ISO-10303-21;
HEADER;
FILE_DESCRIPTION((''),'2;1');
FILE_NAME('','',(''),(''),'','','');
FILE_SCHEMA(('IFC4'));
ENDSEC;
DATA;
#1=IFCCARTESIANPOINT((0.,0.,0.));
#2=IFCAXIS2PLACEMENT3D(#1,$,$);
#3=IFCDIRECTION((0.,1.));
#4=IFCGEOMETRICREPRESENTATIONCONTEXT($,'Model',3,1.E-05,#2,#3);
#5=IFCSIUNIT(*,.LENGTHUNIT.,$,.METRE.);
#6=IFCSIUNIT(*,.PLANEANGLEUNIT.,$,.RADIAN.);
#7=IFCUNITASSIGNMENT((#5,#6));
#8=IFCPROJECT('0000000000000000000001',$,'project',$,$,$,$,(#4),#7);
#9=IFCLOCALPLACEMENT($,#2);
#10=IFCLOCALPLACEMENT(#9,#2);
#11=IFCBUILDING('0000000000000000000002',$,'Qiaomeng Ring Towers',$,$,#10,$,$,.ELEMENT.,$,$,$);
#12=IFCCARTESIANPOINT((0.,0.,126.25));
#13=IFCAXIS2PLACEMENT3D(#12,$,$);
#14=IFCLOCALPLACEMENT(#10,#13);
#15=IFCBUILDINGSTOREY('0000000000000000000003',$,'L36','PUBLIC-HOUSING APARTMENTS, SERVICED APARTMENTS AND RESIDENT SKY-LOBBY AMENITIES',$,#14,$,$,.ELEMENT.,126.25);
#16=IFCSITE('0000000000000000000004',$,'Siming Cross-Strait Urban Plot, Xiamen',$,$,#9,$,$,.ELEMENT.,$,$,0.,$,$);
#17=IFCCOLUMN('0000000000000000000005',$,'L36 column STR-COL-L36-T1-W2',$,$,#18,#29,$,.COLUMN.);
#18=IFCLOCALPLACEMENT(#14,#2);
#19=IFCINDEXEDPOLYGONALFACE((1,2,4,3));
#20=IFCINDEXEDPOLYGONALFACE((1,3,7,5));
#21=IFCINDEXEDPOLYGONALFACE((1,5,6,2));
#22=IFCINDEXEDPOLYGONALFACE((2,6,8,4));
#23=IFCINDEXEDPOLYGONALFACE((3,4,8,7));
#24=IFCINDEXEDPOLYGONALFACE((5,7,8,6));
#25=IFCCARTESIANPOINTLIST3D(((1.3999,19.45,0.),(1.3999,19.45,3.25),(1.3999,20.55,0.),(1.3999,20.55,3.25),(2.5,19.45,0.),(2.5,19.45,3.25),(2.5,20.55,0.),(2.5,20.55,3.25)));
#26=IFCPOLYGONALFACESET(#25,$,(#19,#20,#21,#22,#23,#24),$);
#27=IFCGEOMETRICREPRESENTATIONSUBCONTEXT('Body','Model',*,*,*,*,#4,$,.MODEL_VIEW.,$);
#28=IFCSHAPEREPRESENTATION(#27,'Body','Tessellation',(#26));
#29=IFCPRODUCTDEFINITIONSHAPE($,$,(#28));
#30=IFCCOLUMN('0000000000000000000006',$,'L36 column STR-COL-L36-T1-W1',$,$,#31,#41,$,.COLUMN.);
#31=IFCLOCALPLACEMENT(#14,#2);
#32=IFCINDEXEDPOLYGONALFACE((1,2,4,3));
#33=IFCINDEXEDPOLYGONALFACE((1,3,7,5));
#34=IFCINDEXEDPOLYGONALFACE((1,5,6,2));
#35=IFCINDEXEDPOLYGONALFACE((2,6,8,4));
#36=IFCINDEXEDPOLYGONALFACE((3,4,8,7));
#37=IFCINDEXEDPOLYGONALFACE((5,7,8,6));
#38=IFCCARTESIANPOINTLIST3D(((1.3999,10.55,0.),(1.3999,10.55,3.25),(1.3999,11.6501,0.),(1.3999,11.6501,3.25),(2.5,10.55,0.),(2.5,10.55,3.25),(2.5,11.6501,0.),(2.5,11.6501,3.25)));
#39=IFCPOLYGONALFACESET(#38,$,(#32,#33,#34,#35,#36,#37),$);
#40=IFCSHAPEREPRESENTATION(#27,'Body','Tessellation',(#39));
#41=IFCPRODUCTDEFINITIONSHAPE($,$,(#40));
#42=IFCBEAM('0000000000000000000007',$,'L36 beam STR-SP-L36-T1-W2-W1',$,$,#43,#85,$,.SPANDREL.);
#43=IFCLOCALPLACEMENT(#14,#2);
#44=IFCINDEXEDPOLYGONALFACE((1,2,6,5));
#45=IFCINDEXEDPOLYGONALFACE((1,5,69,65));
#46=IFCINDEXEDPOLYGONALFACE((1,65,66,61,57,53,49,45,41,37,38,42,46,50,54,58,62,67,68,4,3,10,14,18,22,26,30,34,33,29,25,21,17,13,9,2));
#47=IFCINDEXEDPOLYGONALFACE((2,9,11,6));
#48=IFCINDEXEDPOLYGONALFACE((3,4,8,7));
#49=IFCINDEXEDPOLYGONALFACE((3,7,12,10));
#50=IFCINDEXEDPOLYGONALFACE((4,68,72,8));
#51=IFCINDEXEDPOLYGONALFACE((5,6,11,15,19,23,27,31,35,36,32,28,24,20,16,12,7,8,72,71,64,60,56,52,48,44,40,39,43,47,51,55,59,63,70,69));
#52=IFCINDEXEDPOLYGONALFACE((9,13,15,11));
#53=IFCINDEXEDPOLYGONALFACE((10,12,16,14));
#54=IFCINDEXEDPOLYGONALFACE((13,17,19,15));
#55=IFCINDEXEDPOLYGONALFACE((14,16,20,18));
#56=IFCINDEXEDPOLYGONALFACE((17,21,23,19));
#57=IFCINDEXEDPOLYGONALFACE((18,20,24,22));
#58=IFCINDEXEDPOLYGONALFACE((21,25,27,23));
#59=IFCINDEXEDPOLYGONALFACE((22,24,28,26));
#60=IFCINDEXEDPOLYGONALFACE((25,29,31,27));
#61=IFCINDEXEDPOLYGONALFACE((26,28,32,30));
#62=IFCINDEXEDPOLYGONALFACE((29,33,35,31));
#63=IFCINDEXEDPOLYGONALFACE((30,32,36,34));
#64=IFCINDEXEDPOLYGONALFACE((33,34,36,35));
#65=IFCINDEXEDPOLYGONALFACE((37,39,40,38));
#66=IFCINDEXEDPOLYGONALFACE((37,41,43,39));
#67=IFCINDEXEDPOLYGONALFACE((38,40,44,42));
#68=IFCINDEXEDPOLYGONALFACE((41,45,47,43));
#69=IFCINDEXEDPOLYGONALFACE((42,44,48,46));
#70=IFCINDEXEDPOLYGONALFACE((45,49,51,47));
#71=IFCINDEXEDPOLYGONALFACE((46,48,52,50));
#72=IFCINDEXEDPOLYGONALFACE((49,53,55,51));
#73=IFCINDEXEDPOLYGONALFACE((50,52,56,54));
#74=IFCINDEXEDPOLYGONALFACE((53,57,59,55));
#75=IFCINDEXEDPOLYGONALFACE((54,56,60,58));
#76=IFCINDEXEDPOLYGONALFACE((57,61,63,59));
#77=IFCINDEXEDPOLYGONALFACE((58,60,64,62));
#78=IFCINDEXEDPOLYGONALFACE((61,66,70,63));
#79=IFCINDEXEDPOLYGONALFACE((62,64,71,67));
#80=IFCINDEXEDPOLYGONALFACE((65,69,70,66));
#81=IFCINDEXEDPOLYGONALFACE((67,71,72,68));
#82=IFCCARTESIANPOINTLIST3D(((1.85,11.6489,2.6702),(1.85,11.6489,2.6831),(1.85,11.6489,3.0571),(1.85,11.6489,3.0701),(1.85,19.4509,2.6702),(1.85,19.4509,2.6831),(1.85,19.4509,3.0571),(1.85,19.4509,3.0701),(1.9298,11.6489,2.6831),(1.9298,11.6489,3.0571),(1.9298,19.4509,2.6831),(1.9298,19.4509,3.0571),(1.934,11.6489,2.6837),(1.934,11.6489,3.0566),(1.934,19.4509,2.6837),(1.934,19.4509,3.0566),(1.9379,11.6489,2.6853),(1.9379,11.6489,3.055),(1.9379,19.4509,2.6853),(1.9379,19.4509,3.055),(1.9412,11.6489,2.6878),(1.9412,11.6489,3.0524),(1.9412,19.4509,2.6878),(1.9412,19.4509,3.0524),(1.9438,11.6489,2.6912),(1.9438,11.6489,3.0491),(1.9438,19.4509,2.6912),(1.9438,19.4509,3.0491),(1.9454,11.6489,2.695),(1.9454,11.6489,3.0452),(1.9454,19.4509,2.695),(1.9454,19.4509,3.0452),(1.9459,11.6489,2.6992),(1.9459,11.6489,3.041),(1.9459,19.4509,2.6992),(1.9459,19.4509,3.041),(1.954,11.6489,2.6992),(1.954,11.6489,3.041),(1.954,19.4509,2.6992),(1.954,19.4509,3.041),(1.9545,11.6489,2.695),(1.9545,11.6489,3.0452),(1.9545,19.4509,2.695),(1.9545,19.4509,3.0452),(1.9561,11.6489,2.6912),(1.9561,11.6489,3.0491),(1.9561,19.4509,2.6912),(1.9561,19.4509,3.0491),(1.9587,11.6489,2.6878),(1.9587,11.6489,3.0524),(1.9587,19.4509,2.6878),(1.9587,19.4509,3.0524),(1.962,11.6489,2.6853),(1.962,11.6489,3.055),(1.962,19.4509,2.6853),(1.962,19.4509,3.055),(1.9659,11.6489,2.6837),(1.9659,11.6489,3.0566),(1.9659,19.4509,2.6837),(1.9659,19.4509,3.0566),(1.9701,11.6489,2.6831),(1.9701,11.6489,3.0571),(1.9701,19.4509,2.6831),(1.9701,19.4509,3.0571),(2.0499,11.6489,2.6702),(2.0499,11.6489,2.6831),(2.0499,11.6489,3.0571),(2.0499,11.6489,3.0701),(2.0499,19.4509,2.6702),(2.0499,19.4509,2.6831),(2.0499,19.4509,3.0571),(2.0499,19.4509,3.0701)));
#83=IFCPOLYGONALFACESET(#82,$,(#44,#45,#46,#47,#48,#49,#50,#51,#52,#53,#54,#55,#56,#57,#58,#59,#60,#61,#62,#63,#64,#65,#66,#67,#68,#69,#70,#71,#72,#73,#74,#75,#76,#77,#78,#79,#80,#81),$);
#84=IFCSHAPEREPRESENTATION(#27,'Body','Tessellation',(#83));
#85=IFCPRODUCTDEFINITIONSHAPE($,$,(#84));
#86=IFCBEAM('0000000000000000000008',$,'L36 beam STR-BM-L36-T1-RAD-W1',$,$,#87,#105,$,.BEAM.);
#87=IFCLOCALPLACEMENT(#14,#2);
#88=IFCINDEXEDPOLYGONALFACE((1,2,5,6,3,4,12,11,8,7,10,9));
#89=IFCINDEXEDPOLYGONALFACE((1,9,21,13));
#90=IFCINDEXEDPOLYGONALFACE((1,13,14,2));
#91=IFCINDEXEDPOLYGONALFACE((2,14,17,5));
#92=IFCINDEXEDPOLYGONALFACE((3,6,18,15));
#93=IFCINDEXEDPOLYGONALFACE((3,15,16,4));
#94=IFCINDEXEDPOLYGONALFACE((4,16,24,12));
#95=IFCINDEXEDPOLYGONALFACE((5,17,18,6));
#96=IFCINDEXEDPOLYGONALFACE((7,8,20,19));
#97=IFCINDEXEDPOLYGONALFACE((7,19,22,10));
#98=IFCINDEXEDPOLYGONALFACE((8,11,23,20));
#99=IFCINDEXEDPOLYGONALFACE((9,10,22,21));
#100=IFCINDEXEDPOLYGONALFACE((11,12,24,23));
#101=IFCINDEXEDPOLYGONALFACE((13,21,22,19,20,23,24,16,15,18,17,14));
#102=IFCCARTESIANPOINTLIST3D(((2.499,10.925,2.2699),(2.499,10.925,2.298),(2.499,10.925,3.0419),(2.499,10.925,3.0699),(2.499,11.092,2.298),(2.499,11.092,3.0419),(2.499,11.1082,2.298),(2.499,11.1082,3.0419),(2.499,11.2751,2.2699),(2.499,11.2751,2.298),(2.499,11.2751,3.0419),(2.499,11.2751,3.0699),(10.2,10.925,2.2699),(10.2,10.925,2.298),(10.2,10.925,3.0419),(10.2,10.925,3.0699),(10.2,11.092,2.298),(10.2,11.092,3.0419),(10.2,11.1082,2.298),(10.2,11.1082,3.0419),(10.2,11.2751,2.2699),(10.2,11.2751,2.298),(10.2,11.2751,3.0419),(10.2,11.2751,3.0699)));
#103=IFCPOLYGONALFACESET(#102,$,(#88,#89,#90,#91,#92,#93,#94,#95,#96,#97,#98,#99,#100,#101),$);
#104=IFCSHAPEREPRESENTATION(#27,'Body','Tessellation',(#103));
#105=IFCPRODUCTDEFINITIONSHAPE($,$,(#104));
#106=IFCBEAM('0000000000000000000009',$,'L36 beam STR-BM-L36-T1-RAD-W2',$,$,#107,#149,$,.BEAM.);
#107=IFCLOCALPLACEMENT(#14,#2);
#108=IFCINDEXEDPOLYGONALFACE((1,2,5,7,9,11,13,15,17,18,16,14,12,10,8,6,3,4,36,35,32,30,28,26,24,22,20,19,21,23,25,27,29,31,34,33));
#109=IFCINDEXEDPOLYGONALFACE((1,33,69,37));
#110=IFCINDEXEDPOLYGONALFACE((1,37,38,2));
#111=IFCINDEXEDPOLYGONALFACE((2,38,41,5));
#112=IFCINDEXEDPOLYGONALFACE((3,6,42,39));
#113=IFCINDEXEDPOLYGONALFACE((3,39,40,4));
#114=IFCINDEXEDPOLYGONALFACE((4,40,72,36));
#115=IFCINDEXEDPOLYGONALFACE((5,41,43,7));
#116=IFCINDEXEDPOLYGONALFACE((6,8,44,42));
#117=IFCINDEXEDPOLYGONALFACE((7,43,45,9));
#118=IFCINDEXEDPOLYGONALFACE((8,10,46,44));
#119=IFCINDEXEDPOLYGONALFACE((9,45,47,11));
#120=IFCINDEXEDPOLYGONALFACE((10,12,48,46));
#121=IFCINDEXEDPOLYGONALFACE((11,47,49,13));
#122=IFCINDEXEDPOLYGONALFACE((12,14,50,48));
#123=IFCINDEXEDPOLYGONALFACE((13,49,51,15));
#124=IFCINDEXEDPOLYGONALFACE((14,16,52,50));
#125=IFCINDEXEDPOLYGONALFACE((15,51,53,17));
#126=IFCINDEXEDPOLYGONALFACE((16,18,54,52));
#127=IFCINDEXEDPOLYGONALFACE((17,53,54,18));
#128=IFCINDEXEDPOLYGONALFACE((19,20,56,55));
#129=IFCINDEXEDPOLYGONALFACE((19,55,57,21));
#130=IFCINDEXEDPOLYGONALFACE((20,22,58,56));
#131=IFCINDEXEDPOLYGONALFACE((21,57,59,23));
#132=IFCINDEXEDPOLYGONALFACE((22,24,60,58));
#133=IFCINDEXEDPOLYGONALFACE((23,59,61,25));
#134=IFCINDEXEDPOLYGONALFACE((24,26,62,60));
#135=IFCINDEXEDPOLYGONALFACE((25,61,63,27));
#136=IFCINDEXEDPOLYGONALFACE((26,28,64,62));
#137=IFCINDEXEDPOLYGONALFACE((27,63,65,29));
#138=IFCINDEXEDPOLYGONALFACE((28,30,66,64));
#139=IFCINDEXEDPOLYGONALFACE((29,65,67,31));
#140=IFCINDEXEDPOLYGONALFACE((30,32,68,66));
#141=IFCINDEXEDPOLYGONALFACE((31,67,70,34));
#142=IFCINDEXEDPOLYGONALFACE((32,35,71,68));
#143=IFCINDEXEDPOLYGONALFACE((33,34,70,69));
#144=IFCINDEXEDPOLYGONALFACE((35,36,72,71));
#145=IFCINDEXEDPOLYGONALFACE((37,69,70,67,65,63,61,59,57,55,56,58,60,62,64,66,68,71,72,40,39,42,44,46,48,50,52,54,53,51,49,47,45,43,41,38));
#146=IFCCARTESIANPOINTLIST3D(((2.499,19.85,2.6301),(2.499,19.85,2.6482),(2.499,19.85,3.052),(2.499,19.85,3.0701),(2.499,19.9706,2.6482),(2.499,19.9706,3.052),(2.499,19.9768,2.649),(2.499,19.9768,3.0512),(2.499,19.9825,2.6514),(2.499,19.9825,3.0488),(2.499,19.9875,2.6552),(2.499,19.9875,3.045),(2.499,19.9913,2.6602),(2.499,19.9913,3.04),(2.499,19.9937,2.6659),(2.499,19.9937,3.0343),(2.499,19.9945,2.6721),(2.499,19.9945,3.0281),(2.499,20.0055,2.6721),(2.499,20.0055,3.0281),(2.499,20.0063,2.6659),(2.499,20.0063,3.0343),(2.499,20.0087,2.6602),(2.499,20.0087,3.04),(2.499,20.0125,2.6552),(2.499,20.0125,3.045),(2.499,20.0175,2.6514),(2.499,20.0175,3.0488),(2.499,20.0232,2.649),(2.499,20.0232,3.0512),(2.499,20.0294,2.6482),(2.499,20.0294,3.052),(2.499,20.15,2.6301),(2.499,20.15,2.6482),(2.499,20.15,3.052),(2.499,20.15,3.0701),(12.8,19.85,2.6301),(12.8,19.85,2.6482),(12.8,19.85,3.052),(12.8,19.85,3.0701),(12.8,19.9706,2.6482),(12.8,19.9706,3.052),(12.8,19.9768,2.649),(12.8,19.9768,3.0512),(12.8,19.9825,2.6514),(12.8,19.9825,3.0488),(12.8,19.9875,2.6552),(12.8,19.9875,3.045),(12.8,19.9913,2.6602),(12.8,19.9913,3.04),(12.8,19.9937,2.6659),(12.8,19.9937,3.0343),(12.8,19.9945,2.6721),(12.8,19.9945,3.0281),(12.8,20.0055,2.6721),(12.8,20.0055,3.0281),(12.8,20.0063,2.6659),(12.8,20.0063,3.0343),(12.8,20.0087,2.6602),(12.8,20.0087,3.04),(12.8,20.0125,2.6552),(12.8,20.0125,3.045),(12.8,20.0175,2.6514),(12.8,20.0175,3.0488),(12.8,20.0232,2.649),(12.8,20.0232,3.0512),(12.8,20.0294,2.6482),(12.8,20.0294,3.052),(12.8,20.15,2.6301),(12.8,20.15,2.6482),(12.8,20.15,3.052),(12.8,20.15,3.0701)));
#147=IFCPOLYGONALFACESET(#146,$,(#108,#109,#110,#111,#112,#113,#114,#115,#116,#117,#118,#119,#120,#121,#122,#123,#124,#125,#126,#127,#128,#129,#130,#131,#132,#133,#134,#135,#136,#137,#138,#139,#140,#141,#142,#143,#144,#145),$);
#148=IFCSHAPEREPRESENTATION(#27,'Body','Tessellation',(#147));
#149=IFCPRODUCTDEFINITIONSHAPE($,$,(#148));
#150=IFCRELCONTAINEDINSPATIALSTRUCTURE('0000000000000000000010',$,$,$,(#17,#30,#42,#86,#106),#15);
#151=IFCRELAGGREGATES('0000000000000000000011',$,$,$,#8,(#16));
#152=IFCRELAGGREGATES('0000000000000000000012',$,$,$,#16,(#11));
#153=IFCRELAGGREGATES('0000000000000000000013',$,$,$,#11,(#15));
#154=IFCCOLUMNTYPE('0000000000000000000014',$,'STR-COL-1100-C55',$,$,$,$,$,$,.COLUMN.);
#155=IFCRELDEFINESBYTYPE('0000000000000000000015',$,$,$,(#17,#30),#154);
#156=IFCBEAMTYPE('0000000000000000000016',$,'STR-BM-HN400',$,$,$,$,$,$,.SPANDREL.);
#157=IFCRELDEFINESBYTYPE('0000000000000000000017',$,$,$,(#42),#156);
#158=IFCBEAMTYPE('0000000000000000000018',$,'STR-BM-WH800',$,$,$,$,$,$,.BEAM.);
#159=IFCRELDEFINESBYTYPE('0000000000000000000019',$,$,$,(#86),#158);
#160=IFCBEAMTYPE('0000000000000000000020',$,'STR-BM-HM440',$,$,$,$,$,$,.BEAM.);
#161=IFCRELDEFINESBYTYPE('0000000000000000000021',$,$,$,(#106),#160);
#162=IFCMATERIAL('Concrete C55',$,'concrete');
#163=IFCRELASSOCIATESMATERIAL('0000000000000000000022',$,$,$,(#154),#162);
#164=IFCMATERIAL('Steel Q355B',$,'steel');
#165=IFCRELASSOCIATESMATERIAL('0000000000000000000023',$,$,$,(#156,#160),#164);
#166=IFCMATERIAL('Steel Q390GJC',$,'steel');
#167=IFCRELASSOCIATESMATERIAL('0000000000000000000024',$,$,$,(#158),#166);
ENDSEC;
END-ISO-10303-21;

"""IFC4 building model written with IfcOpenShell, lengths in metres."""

from ifc_helpers import new_model, si_unit, direction, frame, origin, origin_2d, place, context, subcontext, project, spatial, rectangle, i_section, extrude, source, transform, mapped, material, material_profile, profile_set, type_object, element, save


model = new_model("IFC4")

# Units and contexts
model_context = context("Model", 3, precision=1e-05, world=origin(), true_north=direction((0.0, 1.0)))
body_context = subcontext(model_context, "Body", "Model", "MODEL_VIEW")
ifc_project = project(units=[si_unit("LENGTHUNIT", "METRE"), si_unit("PLANEANGLEUNIT", "RADIAN")], contexts=[model_context])

# Site, building, storey
site_placement = place(None, origin())
site = spatial("IfcSite", under=ifc_project, at=site_placement, Name="Siming Cross-Strait Urban Plot, Xiamen", CompositionType="ELEMENT", RefElevation=0.0)
building_placement = place(site_placement, origin())
building = spatial("IfcBuilding", under=site, at=building_placement, Name="Qiaomeng Ring Towers", CompositionType="ELEMENT")
storey_placement = place(building_placement, frame((0.0, 0.0, 126.25)))
storey = spatial("IfcBuildingStorey", under=building, at=storey_placement, Name="L36", Description="PUBLIC-HOUSING APARTMENTS, SERVICED APARTMENTS AND RESIDENT SKY-LOBBY AMENITIES", CompositionType="ELEMENT", Elevation=126.25)

# Columns
ifc_material_1 = material(Name="Concrete C55", Category="concrete")
ifc_material_profile_1 = material_profile(ifc_material_1, rectangle(XDim=1.1001, YDim=1.1001, at=origin_2d()), Name="RC COL 1100x1100")
ifc_profile_set_1 = profile_set([ifc_material_profile_1], Name="Concrete C55")
column_type = type_object("IfcColumnType", Name="STR-COL-1100-C55", PredefinedType="COLUMN", material=ifc_profile_set_1)
shared_shape_1 = source(origin(), body_context, "Body", "SweptSolid", [
    extrude(rectangle(XDim=1.1001, YDim=1.1001, at=origin_2d()), origin(), (0.0, 0.0, 1.0), 3.25),
])
for number, where, z_axis, x_axis, name in (
    (1, (1.95, 20.0, 0.0), (0.0, 0.0, 1.0), (1.0, 0.0, 0.0), "L36 column STR-COL-L36-T1-W2"),
    (2, (1.95, 11.1001, 0.0), (0.0, 0.0, 1.0), (1.0, 0.0, 0.0), "L36 column STR-COL-L36-T1-W1"),
):
    element("IfcColumn", number, at=place(storey_placement, frame(where, z_axis=z_axis, x_axis=x_axis)), inside=storey, type_object=column_type, Name=name, PredefinedType="COLUMN", context=body_context, shape_type="MappedRepresentation", body=[
        mapped(shared_shape_1, transform((0.0, 0.0, 0.0), x_axis=(1.0, 0.0, 0.0), y_axis=(0.0, 1.0, 0.0), z_axis=(0.0, 0.0, 1.0), scale=1.0)),
    ])

# Beams
ifc_material_2 = material(Name="Steel Q355B", Category="steel")
ifc_material_profile_2 = material_profile(ifc_material_2, i_section(OverallWidth=0.2, OverallDepth=0.3999, WebThickness=0.0081, FlangeThickness=0.0129, FilletRadius=0.0161, at=origin_2d()), Name="HN 400x200x8x13")
ifc_profile_set_2 = profile_set([ifc_material_profile_2], Name="Steel Q355B")
beam_type_1 = type_object("IfcBeamType", Name="STR-BM-HN400", PredefinedType="SPANDREL", material=ifc_profile_set_2)
shared_shape_2 = source(origin(), body_context, "Body", "SweptSolid", [
    extrude(i_section(OverallWidth=0.2, OverallDepth=0.3999, WebThickness=0.0081, FlangeThickness=0.0129, FilletRadius=0.0161, at=origin_2d()), origin(), (0.0, 0.0, 1.0), 7.802),
])
beam_1_placement = place(storey_placement, frame((1.95, 19.4509, 2.8701), z_axis=(0.0, -1.0, 0.0), x_axis=(1.0, 0.0, 0.0)))
element("IfcBeam", 3, at=beam_1_placement, inside=storey, type_object=beam_type_1, Name="L36 beam STR-SP-L36-T1-W2-W1", PredefinedType="SPANDREL", context=body_context, shape_type="MappedRepresentation", body=[
    mapped(shared_shape_2, transform((0.0, 0.0, 0.0), x_axis=(1.0, 0.0, 0.0), y_axis=(0.0, 1.0, 0.0), z_axis=(0.0, 0.0, 1.0), scale=1.0)),
])
ifc_material_3 = material(Name="Steel Q390GJC", Category="steel")
ifc_material_profile_3 = material_profile(ifc_material_3, i_section(OverallWidth=0.3501, OverallDepth=0.8, WebThickness=0.0161, FlangeThickness=0.0281, at=origin_2d()), Name="WH 800x350x16x28")
ifc_profile_set_3 = profile_set([ifc_material_profile_3], Name="Steel Q390GJC")
beam_type_2 = type_object("IfcBeamType", Name="STR-BM-WH800", PredefinedType="BEAM", material=ifc_profile_set_3)
shared_shape_3 = source(origin(), body_context, "Body", "SweptSolid", [
    extrude(i_section(OverallWidth=0.3501, OverallDepth=0.8, WebThickness=0.0161, FlangeThickness=0.0281, at=origin_2d()), origin(), (0.0, 0.0, 1.0), 7.7009),
])
beam_2_placement = place(storey_placement, frame((2.499, 11.1001, 2.6699), z_axis=(1.0, 0.0, 0.0), x_axis=(0.0, 1.0, 0.0)))
element("IfcBeam", 4, at=beam_2_placement, inside=storey, type_object=beam_type_2, Name="L36 beam STR-BM-L36-T1-RAD-W1", PredefinedType="BEAM", context=body_context, shape_type="MappedRepresentation", body=[
    mapped(shared_shape_3, transform((0.0, 0.0, 0.0), x_axis=(1.0, 0.0, 0.0), y_axis=(0.0, 1.0, 0.0), z_axis=(0.0, 0.0, 1.0), scale=1.0)),
])
ifc_material_profile_4 = material_profile(ifc_material_2, i_section(OverallWidth=0.3, OverallDepth=0.4399, WebThickness=0.011, FlangeThickness=0.0181, FilletRadius=0.0239, at=origin_2d()), Name="HM 440x300x11x18")
ifc_profile_set_4 = profile_set([ifc_material_profile_4], Name="Steel Q355B")
beam_type_3 = type_object("IfcBeamType", Name="STR-BM-HM440", PredefinedType="BEAM", material=ifc_profile_set_4)
shared_shape_4 = source(origin(), body_context, "Body", "SweptSolid", [
    extrude(i_section(OverallWidth=0.3, OverallDepth=0.4399, WebThickness=0.011, FlangeThickness=0.0181, FilletRadius=0.0239, at=origin_2d()), origin(), (0.0, 0.0, 1.0), 10.301),
])
beam_3_placement = place(storey_placement, frame((2.499, 20.0, 2.8501), z_axis=(1.0, 0.0, 0.0), x_axis=(0.0, 1.0, 0.0)))
element("IfcBeam", 5, at=beam_3_placement, inside=storey, type_object=beam_type_3, Name="L36 beam STR-BM-L36-T1-RAD-W2", PredefinedType="BEAM", context=body_context, shape_type="MappedRepresentation", body=[
    mapped(shared_shape_4, transform((0.0, 0.0, 0.0), x_axis=(1.0, 0.0, 0.0), y_axis=(0.0, 1.0, 0.0), z_axis=(0.0, 0.0, 1.0), scale=1.0)),
])

save(model, "model.ifc")
